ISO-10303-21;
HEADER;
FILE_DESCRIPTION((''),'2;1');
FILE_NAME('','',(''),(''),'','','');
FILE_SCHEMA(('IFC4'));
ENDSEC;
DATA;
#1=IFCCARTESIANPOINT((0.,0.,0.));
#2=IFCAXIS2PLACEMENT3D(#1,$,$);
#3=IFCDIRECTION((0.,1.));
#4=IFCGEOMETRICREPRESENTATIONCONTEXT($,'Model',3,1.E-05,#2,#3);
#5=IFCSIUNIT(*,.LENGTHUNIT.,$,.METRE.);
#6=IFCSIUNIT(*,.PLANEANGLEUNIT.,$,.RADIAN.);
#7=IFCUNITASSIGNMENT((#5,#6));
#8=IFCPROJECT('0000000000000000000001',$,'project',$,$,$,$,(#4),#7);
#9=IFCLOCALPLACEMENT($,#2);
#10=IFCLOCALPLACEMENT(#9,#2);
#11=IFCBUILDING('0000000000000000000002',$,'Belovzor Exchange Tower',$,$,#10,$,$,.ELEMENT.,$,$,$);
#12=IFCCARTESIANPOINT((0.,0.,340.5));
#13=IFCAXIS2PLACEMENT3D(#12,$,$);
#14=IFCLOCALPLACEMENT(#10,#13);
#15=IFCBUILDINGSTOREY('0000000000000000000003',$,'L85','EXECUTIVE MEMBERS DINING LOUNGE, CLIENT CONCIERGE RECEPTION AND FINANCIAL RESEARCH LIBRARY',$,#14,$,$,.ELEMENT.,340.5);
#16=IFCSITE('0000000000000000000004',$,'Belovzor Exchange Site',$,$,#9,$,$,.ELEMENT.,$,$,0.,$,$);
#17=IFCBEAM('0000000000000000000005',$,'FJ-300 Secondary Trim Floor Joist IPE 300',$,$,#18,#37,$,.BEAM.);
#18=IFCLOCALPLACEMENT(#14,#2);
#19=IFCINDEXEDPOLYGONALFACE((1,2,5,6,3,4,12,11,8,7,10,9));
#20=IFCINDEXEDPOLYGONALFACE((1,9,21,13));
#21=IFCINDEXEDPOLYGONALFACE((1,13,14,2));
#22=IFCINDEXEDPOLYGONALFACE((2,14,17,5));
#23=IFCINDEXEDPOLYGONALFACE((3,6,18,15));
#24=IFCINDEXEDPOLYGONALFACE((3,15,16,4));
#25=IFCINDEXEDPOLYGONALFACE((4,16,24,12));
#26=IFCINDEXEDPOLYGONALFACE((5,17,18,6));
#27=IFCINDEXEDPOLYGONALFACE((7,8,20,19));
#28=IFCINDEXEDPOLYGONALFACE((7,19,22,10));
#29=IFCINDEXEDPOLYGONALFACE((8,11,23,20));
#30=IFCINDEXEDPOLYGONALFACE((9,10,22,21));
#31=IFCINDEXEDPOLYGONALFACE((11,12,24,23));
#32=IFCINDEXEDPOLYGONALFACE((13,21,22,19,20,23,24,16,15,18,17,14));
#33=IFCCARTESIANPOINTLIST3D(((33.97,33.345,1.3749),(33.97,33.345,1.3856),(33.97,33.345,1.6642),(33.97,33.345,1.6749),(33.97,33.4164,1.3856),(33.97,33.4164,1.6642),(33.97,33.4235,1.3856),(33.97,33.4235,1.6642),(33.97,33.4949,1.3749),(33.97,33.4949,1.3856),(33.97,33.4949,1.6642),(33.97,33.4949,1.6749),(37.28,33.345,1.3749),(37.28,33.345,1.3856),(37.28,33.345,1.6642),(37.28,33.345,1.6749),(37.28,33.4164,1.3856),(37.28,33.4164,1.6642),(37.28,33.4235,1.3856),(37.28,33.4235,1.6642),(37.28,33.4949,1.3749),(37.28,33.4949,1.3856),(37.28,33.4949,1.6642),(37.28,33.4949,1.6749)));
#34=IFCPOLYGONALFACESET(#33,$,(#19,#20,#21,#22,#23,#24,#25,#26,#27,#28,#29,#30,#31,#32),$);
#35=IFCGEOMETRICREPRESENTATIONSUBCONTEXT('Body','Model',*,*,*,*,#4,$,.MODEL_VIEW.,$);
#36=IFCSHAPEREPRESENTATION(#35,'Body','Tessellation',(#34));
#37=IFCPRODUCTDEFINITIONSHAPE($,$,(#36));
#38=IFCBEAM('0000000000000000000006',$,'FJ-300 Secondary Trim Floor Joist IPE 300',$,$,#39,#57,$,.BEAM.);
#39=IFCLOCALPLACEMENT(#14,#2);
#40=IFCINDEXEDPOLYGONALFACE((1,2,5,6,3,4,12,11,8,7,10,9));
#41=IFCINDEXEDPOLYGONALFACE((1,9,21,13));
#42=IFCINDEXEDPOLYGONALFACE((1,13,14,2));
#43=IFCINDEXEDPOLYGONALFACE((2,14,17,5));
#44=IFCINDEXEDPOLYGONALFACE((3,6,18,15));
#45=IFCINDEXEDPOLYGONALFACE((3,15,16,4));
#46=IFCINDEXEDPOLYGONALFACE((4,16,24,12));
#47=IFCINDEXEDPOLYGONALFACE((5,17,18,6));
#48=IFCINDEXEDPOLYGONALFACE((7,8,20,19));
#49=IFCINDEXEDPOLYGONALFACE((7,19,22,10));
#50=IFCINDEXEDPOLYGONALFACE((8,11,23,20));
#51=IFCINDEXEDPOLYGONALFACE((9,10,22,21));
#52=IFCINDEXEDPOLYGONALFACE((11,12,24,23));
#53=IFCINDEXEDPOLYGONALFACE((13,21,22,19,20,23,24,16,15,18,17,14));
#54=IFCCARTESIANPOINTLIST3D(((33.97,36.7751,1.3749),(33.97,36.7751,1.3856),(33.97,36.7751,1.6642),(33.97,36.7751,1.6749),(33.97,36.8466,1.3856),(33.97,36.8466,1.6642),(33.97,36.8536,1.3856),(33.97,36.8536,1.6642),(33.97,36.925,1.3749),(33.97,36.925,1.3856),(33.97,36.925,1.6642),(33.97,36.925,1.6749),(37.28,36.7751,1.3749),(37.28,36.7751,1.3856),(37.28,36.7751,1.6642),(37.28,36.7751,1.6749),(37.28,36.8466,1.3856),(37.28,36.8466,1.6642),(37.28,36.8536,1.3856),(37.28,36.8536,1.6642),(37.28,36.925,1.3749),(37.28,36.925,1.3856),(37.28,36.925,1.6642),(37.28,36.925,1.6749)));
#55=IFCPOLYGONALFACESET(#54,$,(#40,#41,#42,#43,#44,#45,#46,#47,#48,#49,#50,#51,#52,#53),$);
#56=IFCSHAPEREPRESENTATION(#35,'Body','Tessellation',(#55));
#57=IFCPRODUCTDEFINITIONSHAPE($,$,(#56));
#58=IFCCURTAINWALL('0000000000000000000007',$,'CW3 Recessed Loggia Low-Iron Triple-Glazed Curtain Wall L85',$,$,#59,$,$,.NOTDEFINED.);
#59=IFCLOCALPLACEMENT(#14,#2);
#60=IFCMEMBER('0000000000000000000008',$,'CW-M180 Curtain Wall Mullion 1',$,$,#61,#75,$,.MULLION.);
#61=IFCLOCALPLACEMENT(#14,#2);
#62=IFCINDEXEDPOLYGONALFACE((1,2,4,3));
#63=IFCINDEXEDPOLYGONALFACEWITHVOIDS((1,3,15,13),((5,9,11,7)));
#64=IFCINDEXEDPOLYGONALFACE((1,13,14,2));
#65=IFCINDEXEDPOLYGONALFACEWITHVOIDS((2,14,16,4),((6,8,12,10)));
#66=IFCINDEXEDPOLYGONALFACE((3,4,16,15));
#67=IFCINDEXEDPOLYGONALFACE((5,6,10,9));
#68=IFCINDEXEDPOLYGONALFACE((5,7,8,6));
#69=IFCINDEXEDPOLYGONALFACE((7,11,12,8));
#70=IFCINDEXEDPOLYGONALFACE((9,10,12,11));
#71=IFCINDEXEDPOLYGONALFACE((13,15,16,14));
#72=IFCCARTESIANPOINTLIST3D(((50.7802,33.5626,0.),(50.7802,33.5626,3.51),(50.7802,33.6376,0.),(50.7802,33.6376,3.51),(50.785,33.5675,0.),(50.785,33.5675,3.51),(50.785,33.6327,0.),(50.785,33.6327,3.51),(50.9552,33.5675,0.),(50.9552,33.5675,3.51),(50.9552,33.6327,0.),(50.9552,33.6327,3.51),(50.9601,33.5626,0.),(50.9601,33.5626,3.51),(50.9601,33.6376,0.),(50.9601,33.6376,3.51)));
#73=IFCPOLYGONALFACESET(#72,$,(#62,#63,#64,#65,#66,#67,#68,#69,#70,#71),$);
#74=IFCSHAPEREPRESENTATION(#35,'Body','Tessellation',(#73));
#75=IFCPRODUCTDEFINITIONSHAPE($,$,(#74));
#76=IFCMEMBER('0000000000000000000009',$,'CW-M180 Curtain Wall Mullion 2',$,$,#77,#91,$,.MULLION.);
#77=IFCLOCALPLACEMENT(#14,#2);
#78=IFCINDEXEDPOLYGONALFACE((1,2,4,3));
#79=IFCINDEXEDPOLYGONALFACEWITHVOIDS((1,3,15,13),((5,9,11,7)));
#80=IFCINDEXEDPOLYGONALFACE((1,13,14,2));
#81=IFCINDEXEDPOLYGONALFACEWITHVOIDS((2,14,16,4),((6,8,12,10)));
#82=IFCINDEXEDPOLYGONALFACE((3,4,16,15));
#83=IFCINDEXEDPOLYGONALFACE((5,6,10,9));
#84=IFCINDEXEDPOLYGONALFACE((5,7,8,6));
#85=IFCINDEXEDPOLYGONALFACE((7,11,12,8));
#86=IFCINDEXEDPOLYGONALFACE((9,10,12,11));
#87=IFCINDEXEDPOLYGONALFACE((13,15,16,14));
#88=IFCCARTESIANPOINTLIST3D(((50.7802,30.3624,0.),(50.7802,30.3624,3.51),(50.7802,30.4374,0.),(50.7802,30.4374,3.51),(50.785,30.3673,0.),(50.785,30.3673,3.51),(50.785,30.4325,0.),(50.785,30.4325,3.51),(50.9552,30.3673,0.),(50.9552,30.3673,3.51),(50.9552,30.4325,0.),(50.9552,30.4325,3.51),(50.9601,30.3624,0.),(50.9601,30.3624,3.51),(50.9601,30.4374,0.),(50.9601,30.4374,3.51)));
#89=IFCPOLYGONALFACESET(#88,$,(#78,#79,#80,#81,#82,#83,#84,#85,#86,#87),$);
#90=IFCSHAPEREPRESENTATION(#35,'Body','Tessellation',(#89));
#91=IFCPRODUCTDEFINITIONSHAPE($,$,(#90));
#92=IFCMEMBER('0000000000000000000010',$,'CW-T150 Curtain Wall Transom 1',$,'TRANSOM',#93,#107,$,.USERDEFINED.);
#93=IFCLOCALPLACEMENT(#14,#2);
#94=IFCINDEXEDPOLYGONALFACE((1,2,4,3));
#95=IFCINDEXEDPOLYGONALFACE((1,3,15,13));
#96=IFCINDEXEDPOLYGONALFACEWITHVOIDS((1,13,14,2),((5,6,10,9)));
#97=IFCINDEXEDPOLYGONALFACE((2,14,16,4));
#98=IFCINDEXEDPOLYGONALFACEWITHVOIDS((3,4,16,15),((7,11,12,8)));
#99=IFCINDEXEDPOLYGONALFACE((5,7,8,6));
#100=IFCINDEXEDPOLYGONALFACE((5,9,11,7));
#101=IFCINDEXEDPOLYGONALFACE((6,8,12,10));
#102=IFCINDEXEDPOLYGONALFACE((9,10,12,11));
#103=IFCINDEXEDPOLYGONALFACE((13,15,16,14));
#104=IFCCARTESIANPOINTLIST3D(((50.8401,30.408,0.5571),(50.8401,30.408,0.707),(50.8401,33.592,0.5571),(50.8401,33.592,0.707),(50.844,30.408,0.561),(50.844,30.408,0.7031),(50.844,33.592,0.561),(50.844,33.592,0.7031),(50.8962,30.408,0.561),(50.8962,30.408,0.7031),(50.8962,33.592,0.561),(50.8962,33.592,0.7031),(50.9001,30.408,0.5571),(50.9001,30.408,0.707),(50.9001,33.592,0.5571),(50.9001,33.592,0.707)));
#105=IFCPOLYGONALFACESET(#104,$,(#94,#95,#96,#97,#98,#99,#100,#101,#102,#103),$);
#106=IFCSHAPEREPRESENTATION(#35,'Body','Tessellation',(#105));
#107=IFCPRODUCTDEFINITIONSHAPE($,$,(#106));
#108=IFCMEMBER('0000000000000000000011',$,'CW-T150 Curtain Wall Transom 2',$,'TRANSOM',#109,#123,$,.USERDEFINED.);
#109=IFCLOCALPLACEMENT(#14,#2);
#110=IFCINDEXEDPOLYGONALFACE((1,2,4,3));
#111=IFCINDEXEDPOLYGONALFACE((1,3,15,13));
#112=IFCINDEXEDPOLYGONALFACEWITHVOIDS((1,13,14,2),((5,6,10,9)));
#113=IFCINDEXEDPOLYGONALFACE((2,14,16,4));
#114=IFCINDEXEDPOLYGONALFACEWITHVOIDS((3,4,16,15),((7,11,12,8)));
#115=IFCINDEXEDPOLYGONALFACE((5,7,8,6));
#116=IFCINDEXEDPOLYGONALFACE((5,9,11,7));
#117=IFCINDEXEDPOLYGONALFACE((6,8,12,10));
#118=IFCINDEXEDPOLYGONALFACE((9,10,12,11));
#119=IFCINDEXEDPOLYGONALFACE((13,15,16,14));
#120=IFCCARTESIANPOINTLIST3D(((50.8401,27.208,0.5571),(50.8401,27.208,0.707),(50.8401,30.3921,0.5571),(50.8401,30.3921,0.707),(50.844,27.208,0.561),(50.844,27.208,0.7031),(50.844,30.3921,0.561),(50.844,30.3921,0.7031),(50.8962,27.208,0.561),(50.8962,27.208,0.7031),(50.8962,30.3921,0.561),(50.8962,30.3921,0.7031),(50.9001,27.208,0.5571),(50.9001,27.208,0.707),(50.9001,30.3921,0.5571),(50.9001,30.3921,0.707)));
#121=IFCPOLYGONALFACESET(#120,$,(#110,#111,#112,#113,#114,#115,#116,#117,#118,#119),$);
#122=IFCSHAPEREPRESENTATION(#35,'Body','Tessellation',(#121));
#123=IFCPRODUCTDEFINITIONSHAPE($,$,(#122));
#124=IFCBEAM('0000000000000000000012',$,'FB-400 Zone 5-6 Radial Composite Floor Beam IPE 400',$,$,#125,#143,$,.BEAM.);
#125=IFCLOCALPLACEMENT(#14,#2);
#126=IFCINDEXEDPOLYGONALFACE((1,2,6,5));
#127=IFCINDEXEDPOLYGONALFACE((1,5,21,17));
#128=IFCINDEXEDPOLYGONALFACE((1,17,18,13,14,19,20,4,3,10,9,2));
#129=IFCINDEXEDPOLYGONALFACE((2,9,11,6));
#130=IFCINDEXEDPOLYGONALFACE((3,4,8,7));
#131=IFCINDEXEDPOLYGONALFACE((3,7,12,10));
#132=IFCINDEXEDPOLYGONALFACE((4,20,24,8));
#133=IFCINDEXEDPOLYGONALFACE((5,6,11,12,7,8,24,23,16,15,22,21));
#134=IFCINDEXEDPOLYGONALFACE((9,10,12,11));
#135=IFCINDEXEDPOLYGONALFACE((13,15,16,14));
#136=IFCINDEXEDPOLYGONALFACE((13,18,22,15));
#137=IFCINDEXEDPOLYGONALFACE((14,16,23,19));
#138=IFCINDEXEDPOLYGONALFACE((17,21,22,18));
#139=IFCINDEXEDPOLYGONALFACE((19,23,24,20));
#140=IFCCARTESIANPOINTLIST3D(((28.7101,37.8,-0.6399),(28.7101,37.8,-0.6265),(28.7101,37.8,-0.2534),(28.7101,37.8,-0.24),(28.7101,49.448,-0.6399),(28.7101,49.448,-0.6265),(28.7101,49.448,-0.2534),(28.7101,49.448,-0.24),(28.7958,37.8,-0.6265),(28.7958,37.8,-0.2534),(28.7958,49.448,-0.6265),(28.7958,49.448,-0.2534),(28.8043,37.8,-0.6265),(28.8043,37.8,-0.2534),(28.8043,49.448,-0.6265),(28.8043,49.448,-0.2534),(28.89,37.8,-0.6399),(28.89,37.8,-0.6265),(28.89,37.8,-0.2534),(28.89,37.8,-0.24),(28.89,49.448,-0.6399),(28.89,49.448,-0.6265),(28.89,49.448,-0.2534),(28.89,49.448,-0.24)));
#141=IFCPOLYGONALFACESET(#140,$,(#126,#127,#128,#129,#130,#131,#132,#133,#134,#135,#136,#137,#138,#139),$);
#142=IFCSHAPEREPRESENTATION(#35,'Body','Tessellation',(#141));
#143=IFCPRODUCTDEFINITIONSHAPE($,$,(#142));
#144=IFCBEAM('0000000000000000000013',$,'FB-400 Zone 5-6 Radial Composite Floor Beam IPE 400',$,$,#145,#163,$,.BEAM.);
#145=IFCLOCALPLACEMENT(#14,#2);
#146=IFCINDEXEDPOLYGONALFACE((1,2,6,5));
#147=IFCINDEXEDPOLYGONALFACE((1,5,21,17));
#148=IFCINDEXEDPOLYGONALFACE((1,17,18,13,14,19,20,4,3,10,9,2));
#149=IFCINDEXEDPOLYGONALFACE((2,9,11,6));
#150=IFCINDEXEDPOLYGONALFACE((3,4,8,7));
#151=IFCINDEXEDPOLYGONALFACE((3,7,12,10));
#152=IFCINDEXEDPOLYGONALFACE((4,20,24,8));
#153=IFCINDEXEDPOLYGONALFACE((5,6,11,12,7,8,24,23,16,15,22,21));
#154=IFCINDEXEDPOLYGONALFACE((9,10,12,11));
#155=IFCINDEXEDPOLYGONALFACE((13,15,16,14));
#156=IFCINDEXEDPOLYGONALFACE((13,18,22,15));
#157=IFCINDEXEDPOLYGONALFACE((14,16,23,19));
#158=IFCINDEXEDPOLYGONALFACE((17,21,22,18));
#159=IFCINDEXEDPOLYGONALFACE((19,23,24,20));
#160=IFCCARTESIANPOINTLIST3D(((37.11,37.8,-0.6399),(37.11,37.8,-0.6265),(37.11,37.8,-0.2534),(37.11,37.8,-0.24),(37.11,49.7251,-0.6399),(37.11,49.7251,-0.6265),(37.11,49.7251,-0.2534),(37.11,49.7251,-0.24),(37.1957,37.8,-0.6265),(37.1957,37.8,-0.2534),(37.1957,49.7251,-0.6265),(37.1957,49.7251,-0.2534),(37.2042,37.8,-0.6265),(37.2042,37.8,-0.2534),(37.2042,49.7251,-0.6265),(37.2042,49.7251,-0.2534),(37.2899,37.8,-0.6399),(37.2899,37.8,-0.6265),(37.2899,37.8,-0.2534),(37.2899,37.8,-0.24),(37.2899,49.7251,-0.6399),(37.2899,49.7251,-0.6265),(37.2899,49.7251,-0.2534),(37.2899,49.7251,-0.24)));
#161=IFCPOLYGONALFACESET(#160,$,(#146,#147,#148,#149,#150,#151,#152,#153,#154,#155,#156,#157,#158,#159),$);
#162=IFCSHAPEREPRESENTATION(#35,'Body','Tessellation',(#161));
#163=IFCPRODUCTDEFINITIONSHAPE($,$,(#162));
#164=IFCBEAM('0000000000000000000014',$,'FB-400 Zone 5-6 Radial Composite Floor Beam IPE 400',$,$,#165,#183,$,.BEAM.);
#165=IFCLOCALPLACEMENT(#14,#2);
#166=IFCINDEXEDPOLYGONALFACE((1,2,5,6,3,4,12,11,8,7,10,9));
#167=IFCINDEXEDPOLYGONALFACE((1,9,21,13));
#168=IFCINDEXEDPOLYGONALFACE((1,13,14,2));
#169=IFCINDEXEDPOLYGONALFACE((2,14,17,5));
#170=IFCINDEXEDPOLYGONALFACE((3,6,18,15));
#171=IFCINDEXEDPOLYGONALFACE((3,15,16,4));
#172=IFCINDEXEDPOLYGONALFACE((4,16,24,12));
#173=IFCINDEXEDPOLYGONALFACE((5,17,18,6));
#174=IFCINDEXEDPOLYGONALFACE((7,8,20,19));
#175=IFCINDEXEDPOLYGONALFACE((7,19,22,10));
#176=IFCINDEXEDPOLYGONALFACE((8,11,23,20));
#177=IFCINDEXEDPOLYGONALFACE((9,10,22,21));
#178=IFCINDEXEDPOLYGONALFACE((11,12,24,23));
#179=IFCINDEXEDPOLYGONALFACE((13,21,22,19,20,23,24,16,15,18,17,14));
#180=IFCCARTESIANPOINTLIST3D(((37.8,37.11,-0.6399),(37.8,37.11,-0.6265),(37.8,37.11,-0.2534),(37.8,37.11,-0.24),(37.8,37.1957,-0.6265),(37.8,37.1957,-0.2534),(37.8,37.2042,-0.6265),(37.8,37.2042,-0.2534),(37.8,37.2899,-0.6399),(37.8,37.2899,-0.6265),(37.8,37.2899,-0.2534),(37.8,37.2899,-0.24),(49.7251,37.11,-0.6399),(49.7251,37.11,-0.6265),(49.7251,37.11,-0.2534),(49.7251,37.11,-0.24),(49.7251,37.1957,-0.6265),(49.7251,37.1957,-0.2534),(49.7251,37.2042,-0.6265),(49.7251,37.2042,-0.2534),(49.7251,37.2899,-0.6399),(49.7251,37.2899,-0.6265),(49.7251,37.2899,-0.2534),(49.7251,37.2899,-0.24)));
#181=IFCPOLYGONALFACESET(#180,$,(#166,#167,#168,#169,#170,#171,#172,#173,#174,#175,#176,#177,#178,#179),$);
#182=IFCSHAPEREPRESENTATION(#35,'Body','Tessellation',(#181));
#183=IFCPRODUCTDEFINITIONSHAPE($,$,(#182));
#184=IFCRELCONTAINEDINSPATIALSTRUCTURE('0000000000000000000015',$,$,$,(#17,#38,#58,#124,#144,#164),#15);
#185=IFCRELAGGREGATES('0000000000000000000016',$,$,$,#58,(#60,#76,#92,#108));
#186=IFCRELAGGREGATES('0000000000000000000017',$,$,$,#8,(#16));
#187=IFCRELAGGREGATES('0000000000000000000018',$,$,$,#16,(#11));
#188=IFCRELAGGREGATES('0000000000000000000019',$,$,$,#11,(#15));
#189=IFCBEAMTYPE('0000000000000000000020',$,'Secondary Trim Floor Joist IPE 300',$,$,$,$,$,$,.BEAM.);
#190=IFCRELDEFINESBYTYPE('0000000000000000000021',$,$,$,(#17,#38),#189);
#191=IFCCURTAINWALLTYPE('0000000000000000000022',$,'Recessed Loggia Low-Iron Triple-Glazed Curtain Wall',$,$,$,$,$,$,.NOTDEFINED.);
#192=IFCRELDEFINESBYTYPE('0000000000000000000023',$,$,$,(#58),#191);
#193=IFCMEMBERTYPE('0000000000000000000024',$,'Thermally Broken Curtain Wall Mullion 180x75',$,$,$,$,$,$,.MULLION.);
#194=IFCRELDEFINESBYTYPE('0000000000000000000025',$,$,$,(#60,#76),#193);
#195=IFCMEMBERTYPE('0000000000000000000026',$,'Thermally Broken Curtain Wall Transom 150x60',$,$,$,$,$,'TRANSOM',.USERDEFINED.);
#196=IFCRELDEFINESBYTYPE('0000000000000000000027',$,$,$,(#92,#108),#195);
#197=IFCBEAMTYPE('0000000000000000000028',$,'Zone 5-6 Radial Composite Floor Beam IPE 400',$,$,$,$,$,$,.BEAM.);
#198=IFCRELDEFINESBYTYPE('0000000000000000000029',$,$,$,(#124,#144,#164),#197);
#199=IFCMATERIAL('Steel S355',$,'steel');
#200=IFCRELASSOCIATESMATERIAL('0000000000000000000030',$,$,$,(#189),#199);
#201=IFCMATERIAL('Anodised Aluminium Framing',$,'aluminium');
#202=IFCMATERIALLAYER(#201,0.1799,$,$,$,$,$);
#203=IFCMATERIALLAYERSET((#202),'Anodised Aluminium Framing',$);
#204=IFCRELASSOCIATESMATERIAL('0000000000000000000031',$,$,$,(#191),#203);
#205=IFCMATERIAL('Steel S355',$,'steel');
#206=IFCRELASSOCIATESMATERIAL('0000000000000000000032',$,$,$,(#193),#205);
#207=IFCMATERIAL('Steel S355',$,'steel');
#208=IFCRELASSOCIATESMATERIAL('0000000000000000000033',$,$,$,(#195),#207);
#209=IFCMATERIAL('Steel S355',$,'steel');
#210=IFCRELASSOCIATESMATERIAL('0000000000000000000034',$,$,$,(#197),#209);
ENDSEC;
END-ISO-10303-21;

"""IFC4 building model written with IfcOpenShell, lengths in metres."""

from ifc_helpers import new_model, si_unit, direction, frame, origin, origin_2d, place, context, subcontext, project, spatial, hollow_rectangle, i_section, extrude, material, layer, layer_set, material_profile, profile_set, type_object, element, aggregate, save


model = new_model("IFC4")

# Units and contexts
model_context = context("Model", 3, precision=1e-05, world=origin(), true_north=direction((0.0, 1.0)))
body_context = subcontext(model_context, "Body", "Model", "MODEL_VIEW")
ifc_project = project(units=[si_unit("LENGTHUNIT", "METRE"), si_unit("PLANEANGLEUNIT", "RADIAN")], contexts=[model_context])

# Site, building, storey
site_placement = place(None, origin())
site = spatial("IfcSite", under=ifc_project, at=site_placement, Name="Belovzor Exchange Site", CompositionType="ELEMENT", RefElevation=0.0)
building_placement = place(site_placement, origin())
building = spatial("IfcBuilding", under=site, at=building_placement, Name="Belovzor Exchange Tower", CompositionType="ELEMENT")
storey_placement = place(building_placement, frame((0.0, 0.0, 340.5)))
storey = spatial("IfcBuildingStorey", under=building, at=storey_placement, Name="L85", Description="EXECUTIVE MEMBERS DINING LOUNGE, CLIENT CONCIERGE RECEPTION AND FINANCIAL RESEARCH LIBRARY", CompositionType="ELEMENT", Elevation=340.5)

# Beams
ifc_material_1 = material(Name="Steel S355", Category="steel")
ifc_material_profile_1 = material_profile(ifc_material_1, i_section(OverallWidth=0.1499, OverallDepth=0.3, WebThickness=0.0071, FlangeThickness=0.0107, at=origin_2d()))
ifc_profile_set_1 = profile_set([ifc_material_profile_1], Name="Steel S355")
beam_type_1 = type_object("IfcBeamType", Name="Secondary Trim Floor Joist IPE 300", PredefinedType="BEAM", material=ifc_profile_set_1)
for number, where, z_axis, x_axis, name in (
    (1, (37.28, 33.4199, 1.5249), (-1.0, 0.0, 0.0), (0.0, -1.0, 0.0), "FJ-300 Secondary Trim Floor Joist IPE 300"),
    (2, (37.28, 36.8501, 1.5249), (-1.0, 0.0, 0.0), (0.0, -1.0, 0.0), "FJ-300 Secondary Trim Floor Joist IPE 300"),
):
    element("IfcBeam", number, at=place(storey_placement, frame(where, z_axis=z_axis, x_axis=x_axis)), inside=storey, type_object=beam_type_1, Name=name, PredefinedType="BEAM", context=body_context, shape_type="SweptSolid", body=[
        extrude(i_section(OverallWidth=0.1499, OverallDepth=0.3, WebThickness=0.0071, FlangeThickness=0.0107, at=origin_2d()), origin(), (0.0, 0.0, 1.0), 3.3101),
    ])

# Curtain wall, members
ifc_material_2 = material(Name="Anodised Aluminium Framing", Category="aluminium")
ifc_layer_1 = layer(ifc_material_2, 0.1799)
ifc_layer_set_1 = layer_set([ifc_layer_1], Name="Anodised Aluminium Framing")
curtain_wall_type = type_object("IfcCurtainWallType", Name="Recessed Loggia Low-Iron Triple-Glazed Curtain Wall", PredefinedType="NOTDEFINED", material=ifc_layer_set_1)
curtain_wall_placement = place(storey_placement, origin())
curtain_wall = element("IfcCurtainWall", 3, at=curtain_wall_placement, inside=storey, type_object=curtain_wall_type, Name="CW3 Recessed Loggia Low-Iron Triple-Glazed Curtain Wall L85", PredefinedType="NOTDEFINED")
ifc_material_3 = material(Name="Steel S355", Category="steel")
ifc_material_profile_2 = material_profile(ifc_material_3, hollow_rectangle(XDim=0.075, YDim=0.1799, WallThickness=0.0049, at=origin_2d()))
ifc_profile_set_2 = profile_set([ifc_material_profile_2], Name="Steel S355")
member_type_1 = type_object("IfcMemberType", Name="Thermally Broken Curtain Wall Mullion 180x75", PredefinedType="MULLION", material=ifc_profile_set_2)
member_1_placement = place(storey_placement, frame((50.8701, 33.6001, 0.0), z_axis=(0.0, 0.0, 1.0), x_axis=(0.0, -1.0, 0.0)))
member_1 = element("IfcMember", 4, at=member_1_placement, type_object=member_type_1, Name="CW-M180 Curtain Wall Mullion 1", PredefinedType="MULLION", context=body_context, shape_type="SweptSolid", body=[
    extrude(hollow_rectangle(XDim=0.075, YDim=0.1799, WallThickness=0.0049, at=origin_2d()), origin(), (0.0, 0.0, 1.0), 3.51),
])
member_2_placement = place(storey_placement, frame((50.8701, 30.3999, 0.0), z_axis=(0.0, 0.0, 1.0), x_axis=(0.0, -1.0, 0.0)))
member_2 = element("IfcMember", 5, at=member_2_placement, type_object=member_type_1, Name="CW-M180 Curtain Wall Mullion 2", PredefinedType="MULLION", context=body_context, shape_type="SweptSolid", body=[
    extrude(hollow_rectangle(XDim=0.075, YDim=0.1799, WallThickness=0.0049, at=origin_2d()), origin(), (0.0, 0.0, 1.0), 3.51),
])
ifc_material_4 = material(Name="Steel S355", Category="steel")
ifc_material_profile_3 = material_profile(ifc_material_4, hollow_rectangle(XDim=0.0601, YDim=0.1499, WallThickness=0.0039, at=origin_2d()))
ifc_profile_set_3 = profile_set([ifc_material_profile_3], Name="Steel S355")
member_type_2 = type_object("IfcMemberType", Name="Thermally Broken Curtain Wall Transom 150x60", ElementType="TRANSOM", PredefinedType="USERDEFINED", material=ifc_profile_set_3)
member_3_placement = place(storey_placement, frame((50.8701, 33.592, 0.6321), z_axis=(0.0, -1.0, 0.0), x_axis=(1.0, 0.0, 0.0)))
member_3 = element("IfcMember", 6, at=member_3_placement, type_object=member_type_2, Name="CW-T150 Curtain Wall Transom 1", ObjectType="TRANSOM", PredefinedType="USERDEFINED", context=body_context, shape_type="SweptSolid", body=[
    extrude(hollow_rectangle(XDim=0.0601, YDim=0.1499, WallThickness=0.0039, at=origin_2d()), origin(), (0.0, 0.0, 1.0), 3.1841),
])
member_4_placement = place(storey_placement, frame((50.8701, 30.3921, 0.6321), z_axis=(0.0, -1.0, 0.0), x_axis=(1.0, 0.0, 0.0)))
member_4 = element("IfcMember", 7, at=member_4_placement, type_object=member_type_2, Name="CW-T150 Curtain Wall Transom 2", ObjectType="TRANSOM", PredefinedType="USERDEFINED", context=body_context, shape_type="SweptSolid", body=[
    extrude(hollow_rectangle(XDim=0.0601, YDim=0.1499, WallThickness=0.0039, at=origin_2d()), origin(), (0.0, 0.0, 1.0), 3.1841),
])

# Beams
ifc_material_5 = material(Name="Steel S355", Category="steel")
ifc_material_profile_4 = material_profile(ifc_material_5, i_section(OverallWidth=0.1799, OverallDepth=0.3999, WebThickness=0.0085, FlangeThickness=0.0134, at=origin_2d()))
ifc_profile_set_4 = profile_set([ifc_material_profile_4], Name="Steel S355")
beam_type_2 = type_object("IfcBeamType", Name="Zone 5-6 Radial Composite Floor Beam IPE 400", PredefinedType="BEAM", material=ifc_profile_set_4)
beam_1_placement = place(storey_placement, frame((28.8, 37.8, -0.4399), z_axis=(0.0, 1.0, 0.0), x_axis=(-1.0, 0.0, 0.0)))
element("IfcBeam", 8, at=beam_1_placement, inside=storey, type_object=beam_type_2, Name="FB-400 Zone 5-6 Radial Composite Floor Beam IPE 400", PredefinedType="BEAM", context=body_context, shape_type="SweptSolid", body=[
    extrude(i_section(OverallWidth=0.1799, OverallDepth=0.3999, WebThickness=0.0085, FlangeThickness=0.0134, at=origin_2d()), origin(), (0.0, 0.0, 1.0), 11.6479),
])
for number, where, z_axis, x_axis, name in (
    (9, (37.2, 37.8, -0.4399), (0.0, 1.0, 0.0), (-1.0, 0.0, 0.0), "FB-400 Zone 5-6 Radial Composite Floor Beam IPE 400"),
    (10, (37.8, 37.2, -0.4399), (1.0, 0.0, 0.0), (0.0, 1.0, 0.0), "FB-400 Zone 5-6 Radial Composite Floor Beam IPE 400"),
):
    element("IfcBeam", number, at=place(storey_placement, frame(where, z_axis=z_axis, x_axis=x_axis)), inside=storey, type_object=beam_type_2, Name=name, PredefinedType="BEAM", context=body_context, shape_type="SweptSolid", body=[
        extrude(i_section(OverallWidth=0.1799, OverallDepth=0.3999, WebThickness=0.0085, FlangeThickness=0.0134, at=origin_2d()), origin(), (0.0, 0.0, 1.0), 11.925),
    ])

aggregate(curtain_wall, [member_1, member_2, member_3, member_4])

save(model, "model.ifc")
